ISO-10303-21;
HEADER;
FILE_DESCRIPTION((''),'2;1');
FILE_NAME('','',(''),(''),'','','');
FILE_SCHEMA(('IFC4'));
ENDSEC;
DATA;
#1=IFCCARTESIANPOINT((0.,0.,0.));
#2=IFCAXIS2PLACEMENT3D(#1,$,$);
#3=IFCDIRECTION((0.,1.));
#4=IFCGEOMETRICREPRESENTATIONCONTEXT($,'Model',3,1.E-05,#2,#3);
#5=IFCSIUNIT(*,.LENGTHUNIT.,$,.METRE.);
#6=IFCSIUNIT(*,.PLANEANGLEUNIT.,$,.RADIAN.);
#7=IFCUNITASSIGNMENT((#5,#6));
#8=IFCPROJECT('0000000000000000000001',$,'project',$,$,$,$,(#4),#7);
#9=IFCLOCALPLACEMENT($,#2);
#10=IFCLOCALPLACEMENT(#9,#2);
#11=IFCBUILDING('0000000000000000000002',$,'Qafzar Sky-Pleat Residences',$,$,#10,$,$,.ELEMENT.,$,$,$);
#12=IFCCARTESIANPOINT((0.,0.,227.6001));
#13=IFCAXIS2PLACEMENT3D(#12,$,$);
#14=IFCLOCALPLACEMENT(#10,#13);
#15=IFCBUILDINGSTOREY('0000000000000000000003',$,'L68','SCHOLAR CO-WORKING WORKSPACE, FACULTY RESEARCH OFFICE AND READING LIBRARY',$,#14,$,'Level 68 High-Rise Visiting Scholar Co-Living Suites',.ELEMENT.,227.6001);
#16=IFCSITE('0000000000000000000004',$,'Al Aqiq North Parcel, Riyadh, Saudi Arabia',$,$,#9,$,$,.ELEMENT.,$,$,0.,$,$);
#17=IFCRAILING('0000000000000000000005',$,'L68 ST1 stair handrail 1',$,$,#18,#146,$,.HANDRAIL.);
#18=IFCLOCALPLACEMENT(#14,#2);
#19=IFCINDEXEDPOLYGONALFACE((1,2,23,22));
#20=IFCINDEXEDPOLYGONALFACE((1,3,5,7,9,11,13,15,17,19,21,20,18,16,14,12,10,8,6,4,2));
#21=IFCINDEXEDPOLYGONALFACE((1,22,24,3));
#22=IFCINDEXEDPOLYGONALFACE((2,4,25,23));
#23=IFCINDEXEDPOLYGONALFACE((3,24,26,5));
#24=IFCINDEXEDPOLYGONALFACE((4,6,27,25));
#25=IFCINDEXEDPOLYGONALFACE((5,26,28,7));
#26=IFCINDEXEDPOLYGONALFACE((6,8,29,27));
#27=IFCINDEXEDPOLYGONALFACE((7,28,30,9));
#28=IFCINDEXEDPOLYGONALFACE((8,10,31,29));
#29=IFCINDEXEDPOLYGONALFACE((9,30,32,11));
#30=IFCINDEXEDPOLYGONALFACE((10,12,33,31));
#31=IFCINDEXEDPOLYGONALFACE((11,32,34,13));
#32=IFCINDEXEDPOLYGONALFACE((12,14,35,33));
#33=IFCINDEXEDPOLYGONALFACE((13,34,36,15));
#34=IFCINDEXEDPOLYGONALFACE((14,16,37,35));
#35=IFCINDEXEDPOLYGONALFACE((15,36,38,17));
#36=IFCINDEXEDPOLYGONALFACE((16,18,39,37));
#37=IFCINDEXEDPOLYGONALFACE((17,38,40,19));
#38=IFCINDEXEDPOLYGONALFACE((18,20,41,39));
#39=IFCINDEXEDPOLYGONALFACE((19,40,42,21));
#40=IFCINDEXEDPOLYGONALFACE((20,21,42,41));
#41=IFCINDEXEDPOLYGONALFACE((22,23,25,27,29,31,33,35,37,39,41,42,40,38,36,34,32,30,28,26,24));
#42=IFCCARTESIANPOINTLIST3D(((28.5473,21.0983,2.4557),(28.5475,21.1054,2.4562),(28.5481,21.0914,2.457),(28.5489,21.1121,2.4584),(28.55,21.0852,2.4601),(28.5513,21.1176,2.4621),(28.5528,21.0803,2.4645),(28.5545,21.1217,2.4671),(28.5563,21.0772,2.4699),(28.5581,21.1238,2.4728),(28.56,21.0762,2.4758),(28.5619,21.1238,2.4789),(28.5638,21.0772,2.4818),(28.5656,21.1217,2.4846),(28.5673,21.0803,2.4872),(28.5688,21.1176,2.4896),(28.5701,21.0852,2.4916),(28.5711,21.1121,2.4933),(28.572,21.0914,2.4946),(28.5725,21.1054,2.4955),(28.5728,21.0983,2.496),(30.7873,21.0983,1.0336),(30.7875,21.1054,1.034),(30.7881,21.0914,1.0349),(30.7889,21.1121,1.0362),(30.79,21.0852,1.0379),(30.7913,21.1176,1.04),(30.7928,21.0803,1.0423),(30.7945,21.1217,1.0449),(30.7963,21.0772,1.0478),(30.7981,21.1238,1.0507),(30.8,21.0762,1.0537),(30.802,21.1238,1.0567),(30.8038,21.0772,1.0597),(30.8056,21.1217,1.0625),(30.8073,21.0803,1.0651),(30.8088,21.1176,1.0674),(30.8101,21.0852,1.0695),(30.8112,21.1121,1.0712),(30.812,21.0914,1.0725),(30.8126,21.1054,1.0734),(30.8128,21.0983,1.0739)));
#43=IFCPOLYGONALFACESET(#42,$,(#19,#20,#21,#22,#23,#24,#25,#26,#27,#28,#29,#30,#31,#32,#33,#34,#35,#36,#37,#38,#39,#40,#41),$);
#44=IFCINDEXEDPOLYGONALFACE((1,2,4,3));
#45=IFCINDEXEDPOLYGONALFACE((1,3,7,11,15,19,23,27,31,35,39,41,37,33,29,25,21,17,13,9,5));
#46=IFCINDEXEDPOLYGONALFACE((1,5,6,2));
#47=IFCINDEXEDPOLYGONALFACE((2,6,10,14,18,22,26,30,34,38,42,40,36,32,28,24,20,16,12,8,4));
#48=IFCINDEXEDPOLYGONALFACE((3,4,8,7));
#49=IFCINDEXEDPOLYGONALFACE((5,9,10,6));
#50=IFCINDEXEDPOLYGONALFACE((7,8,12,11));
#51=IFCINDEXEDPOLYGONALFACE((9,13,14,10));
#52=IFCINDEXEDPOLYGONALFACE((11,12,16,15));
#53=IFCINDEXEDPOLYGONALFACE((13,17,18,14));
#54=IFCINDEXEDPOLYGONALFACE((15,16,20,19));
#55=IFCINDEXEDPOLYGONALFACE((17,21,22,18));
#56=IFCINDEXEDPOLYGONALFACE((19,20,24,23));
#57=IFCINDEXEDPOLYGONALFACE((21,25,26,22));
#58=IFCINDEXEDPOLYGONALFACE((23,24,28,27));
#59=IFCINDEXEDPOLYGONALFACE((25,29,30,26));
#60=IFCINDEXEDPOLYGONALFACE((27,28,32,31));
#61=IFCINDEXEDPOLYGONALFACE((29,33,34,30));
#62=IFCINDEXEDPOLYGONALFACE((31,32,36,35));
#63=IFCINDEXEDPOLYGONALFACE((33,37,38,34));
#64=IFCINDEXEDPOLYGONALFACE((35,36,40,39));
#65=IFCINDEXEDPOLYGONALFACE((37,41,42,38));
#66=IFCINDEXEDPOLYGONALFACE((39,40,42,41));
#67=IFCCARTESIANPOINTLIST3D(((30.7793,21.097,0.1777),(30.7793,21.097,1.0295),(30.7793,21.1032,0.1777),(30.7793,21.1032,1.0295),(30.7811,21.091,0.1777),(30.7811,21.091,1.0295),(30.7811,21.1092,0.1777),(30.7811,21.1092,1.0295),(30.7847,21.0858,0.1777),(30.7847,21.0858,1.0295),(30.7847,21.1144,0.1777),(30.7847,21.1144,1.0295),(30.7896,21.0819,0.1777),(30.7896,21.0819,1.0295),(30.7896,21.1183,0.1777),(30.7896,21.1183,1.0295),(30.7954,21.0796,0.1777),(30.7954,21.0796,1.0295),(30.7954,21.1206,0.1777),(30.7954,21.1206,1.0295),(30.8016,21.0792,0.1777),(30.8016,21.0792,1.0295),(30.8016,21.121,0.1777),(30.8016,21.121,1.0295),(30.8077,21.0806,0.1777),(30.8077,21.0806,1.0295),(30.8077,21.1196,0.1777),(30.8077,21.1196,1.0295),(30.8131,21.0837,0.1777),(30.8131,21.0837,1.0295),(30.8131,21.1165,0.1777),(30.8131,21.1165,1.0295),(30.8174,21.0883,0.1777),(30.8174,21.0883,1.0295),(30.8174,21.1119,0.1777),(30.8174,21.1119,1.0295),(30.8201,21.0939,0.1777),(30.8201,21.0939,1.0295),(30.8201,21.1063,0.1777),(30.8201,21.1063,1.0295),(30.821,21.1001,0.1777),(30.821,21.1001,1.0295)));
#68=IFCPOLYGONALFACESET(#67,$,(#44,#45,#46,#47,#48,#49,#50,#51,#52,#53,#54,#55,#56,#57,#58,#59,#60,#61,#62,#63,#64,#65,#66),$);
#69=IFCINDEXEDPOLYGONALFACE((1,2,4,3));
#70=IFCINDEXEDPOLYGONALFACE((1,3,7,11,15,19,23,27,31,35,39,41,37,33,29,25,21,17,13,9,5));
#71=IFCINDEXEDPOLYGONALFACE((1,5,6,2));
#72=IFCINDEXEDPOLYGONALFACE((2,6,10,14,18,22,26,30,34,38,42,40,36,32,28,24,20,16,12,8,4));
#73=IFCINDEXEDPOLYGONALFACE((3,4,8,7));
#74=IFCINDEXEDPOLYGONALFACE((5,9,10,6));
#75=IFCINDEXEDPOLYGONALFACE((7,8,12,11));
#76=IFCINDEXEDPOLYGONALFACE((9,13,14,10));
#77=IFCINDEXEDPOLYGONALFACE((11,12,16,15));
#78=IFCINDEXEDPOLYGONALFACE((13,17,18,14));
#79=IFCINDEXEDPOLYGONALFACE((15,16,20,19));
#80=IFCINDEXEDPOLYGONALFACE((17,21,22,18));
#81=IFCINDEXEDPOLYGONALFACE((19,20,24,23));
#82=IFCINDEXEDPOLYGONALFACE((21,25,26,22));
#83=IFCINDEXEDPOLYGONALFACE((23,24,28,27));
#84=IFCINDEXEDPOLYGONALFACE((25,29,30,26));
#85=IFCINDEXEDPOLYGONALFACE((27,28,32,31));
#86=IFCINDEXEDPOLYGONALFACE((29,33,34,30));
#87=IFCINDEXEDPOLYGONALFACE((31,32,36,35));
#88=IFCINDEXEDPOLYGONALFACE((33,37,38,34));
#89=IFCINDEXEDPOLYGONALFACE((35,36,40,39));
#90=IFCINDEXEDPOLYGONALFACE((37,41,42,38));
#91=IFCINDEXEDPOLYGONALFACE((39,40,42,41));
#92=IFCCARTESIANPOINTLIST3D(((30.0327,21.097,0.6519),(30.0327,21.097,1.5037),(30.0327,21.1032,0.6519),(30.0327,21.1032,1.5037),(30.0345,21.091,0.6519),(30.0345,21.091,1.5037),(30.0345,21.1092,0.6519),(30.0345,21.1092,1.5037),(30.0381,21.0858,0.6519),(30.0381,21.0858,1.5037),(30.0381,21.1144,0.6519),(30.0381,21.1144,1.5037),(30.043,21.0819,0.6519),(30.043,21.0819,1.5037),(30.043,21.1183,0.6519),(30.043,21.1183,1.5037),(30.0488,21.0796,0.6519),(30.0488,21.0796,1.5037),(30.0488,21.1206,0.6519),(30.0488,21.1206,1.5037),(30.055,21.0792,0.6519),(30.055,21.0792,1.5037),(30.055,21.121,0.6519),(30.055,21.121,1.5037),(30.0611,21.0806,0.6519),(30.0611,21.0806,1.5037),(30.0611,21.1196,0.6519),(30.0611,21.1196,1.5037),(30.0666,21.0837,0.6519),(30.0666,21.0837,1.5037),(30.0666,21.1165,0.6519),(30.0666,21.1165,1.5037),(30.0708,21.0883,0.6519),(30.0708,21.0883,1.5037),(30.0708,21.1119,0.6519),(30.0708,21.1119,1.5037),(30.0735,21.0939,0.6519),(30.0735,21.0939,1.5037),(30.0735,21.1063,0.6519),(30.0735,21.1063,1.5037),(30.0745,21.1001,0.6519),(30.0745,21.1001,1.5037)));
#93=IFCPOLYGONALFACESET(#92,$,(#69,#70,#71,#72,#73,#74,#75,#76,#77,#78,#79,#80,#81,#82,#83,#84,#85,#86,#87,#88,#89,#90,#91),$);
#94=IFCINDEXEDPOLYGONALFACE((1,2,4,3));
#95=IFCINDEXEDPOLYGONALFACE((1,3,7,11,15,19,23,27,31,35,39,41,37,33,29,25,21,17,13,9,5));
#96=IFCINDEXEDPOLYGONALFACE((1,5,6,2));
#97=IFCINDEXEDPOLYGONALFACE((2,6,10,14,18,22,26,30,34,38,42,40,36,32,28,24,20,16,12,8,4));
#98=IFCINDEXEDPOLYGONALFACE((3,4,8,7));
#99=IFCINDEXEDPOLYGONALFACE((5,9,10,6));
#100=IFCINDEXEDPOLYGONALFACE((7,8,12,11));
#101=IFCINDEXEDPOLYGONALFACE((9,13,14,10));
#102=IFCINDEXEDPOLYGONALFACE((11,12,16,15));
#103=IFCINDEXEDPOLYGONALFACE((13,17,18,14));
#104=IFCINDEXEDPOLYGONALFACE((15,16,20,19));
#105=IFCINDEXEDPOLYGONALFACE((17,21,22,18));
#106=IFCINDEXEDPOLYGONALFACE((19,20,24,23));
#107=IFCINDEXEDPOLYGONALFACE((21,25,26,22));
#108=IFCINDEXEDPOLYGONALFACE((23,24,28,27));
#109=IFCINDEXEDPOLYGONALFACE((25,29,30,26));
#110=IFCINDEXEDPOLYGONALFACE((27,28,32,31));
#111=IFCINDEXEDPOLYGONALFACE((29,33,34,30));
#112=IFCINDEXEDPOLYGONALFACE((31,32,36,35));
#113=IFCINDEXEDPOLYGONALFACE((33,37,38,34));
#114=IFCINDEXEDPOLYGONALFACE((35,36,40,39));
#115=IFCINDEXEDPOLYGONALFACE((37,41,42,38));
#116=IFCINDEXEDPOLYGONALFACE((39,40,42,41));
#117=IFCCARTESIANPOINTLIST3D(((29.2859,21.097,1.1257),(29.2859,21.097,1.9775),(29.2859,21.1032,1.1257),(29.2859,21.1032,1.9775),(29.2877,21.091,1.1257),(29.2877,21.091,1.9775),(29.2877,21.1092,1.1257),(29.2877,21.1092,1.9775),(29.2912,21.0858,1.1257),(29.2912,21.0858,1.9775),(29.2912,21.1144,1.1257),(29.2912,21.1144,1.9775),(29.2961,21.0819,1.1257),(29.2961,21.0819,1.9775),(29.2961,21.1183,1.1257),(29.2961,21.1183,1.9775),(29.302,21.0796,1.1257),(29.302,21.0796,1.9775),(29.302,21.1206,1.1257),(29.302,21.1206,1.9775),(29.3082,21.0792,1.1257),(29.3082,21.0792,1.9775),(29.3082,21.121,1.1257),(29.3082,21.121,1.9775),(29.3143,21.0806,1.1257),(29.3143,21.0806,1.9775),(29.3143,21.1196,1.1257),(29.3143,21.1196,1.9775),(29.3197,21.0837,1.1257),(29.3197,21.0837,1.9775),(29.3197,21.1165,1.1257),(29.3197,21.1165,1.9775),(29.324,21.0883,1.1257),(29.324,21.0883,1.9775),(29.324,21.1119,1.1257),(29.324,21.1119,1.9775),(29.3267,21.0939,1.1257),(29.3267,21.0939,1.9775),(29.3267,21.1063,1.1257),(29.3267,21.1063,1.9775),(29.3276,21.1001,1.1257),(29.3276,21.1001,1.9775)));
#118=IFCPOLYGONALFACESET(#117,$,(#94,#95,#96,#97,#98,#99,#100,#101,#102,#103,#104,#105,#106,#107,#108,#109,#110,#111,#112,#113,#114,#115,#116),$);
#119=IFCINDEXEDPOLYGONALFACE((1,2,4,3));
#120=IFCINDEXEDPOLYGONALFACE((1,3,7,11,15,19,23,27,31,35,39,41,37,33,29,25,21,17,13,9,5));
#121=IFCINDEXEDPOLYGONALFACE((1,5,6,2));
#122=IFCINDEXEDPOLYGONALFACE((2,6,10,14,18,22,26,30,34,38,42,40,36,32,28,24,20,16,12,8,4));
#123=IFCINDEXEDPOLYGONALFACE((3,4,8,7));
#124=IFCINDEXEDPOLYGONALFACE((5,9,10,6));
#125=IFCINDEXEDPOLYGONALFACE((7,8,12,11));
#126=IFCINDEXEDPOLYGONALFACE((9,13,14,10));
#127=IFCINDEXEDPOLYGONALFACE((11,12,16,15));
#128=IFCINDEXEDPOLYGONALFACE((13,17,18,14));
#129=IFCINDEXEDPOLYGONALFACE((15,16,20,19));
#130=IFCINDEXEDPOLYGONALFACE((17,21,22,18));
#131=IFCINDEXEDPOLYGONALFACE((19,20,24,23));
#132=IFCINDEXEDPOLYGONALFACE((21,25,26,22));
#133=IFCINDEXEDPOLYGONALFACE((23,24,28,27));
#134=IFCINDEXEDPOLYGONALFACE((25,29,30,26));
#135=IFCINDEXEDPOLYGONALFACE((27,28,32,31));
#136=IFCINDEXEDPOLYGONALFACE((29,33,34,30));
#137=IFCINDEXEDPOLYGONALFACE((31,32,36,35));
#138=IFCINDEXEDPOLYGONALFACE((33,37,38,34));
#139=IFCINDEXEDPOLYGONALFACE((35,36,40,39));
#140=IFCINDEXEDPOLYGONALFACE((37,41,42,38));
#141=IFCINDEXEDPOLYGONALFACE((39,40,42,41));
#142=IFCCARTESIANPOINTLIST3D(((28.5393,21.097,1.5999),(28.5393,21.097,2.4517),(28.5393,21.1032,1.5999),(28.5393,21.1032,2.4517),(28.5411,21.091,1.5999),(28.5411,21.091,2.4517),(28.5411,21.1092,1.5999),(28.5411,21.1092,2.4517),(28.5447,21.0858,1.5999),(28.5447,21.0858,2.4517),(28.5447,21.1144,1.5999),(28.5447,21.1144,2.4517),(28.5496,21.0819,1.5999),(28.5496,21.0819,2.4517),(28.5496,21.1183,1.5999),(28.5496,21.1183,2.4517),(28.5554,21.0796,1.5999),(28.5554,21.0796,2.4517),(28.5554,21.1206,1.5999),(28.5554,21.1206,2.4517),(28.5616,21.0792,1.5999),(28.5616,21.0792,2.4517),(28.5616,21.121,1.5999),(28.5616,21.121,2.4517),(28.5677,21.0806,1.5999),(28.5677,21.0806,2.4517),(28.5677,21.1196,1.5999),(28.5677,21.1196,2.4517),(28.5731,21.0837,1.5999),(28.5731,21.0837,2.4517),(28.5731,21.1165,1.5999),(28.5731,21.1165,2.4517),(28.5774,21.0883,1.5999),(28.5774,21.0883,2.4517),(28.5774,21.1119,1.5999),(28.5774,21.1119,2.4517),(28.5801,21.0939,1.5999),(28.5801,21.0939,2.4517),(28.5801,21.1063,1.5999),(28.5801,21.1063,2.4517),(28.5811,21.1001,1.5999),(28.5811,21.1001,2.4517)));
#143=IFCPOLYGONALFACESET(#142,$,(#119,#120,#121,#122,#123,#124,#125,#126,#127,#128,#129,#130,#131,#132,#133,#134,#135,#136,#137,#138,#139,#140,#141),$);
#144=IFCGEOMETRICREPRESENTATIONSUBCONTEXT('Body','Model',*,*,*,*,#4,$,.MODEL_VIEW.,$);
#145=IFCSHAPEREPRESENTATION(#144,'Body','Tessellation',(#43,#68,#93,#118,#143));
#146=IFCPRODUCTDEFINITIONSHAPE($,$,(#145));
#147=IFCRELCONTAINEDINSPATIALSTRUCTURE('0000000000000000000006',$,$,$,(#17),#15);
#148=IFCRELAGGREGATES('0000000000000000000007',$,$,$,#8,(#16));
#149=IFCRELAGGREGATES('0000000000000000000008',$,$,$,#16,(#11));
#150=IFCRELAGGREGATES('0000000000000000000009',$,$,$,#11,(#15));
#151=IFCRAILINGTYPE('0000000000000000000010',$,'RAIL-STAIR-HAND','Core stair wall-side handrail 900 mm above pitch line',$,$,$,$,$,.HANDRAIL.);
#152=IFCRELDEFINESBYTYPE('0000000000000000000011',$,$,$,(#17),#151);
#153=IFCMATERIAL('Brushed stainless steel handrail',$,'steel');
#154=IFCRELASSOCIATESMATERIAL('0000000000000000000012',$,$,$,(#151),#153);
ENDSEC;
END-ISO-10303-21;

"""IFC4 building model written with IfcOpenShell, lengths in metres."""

from ifc_helpers import new_model, si_unit, direction, frame, origin, origin_2d, place, context, subcontext, project, spatial, circle, extrude, source, transform, mapped, material, type_object, element, save


model = new_model("IFC4")

# Units and contexts
model_context = context("Model", 3, precision=1e-05, world=origin(), true_north=direction((0.0, 1.0)))
body_context = subcontext(model_context, "Body", "Model", "MODEL_VIEW")
ifc_project = project(units=[si_unit("LENGTHUNIT", "METRE"), si_unit("PLANEANGLEUNIT", "RADIAN")], contexts=[model_context])

# Site, building, storey
site_placement = place(None, origin())
site = spatial("IfcSite", under=ifc_project, at=site_placement, Name="Al Aqiq North Parcel, Riyadh, Saudi Arabia", CompositionType="ELEMENT", RefElevation=0.0)
building_placement = place(site_placement, origin())
building = spatial("IfcBuilding", under=site, at=building_placement, Name="Qafzar Sky-Pleat Residences", CompositionType="ELEMENT")
storey_placement = place(building_placement, frame((0.0, 0.0, 227.6001)))
storey = spatial("IfcBuildingStorey", under=building, at=storey_placement, Name="L68", Description="SCHOLAR CO-WORKING WORKSPACE, FACULTY RESEARCH OFFICE AND READING LIBRARY", LongName="Level 68 High-Rise Visiting Scholar Co-Living Suites", CompositionType="ELEMENT", Elevation=227.6001)

# Railing
ifc_material_1 = material(Name="Brushed stainless steel handrail", Category="steel")
railing_type_1 = type_object("IfcRailingType", Name="RAIL-STAIR-HAND", Description="Core stair wall-side handrail 900 mm above pitch line", PredefinedType="HANDRAIL", material=ifc_material_1)
shared_shape_1 = source(origin(), body_context, "Body", "SweptSolid", [
    extrude(circle(Radius=0.0239, at=origin_2d()), frame((0.0, 0.0, 0.876), z_axis=(-0.844229, 0.0, 0.535982), x_axis=(0.0, -1.0, 0.0)), (0.0, 0.0, 1.0), 2.6533),
    extrude(circle(Radius=0.021, at=origin_2d()), origin(), (0.0, 0.0, 1.0), 0.8518),
    extrude(circle(Radius=0.021, at=origin_2d()), frame((-0.7466, 0.0, 0.4741)), (0.0, 0.0, 1.0), 0.8518),
    extrude(circle(Radius=0.021, at=origin_2d()), frame((-1.4934, 0.0, 0.948)), (0.0, 0.0, 1.0), 0.8518),
    extrude(circle(Radius=0.021, at=origin_2d()), frame((-2.24, 0.0, 1.4221)), (0.0, 0.0, 1.0), 0.8518),
])
railing_1_placement = place(storey_placement, frame((30.8, 21.1001, 0.1777)))
element("IfcRailing", 1, at=railing_1_placement, inside=storey, type_object=railing_type_1, Name="L68 ST1 stair handrail 1", PredefinedType="HANDRAIL", context=body_context, shape_type="MappedRepresentation", body=[
    mapped(shared_shape_1, transform((0.0, 0.0, 0.0), x_axis=(1.0, 0.0, 0.0), y_axis=(0.0, 1.0, 0.0), z_axis=(0.0, 0.0, 1.0), scale=1.0)),
])

save(model, "model.ifc")
